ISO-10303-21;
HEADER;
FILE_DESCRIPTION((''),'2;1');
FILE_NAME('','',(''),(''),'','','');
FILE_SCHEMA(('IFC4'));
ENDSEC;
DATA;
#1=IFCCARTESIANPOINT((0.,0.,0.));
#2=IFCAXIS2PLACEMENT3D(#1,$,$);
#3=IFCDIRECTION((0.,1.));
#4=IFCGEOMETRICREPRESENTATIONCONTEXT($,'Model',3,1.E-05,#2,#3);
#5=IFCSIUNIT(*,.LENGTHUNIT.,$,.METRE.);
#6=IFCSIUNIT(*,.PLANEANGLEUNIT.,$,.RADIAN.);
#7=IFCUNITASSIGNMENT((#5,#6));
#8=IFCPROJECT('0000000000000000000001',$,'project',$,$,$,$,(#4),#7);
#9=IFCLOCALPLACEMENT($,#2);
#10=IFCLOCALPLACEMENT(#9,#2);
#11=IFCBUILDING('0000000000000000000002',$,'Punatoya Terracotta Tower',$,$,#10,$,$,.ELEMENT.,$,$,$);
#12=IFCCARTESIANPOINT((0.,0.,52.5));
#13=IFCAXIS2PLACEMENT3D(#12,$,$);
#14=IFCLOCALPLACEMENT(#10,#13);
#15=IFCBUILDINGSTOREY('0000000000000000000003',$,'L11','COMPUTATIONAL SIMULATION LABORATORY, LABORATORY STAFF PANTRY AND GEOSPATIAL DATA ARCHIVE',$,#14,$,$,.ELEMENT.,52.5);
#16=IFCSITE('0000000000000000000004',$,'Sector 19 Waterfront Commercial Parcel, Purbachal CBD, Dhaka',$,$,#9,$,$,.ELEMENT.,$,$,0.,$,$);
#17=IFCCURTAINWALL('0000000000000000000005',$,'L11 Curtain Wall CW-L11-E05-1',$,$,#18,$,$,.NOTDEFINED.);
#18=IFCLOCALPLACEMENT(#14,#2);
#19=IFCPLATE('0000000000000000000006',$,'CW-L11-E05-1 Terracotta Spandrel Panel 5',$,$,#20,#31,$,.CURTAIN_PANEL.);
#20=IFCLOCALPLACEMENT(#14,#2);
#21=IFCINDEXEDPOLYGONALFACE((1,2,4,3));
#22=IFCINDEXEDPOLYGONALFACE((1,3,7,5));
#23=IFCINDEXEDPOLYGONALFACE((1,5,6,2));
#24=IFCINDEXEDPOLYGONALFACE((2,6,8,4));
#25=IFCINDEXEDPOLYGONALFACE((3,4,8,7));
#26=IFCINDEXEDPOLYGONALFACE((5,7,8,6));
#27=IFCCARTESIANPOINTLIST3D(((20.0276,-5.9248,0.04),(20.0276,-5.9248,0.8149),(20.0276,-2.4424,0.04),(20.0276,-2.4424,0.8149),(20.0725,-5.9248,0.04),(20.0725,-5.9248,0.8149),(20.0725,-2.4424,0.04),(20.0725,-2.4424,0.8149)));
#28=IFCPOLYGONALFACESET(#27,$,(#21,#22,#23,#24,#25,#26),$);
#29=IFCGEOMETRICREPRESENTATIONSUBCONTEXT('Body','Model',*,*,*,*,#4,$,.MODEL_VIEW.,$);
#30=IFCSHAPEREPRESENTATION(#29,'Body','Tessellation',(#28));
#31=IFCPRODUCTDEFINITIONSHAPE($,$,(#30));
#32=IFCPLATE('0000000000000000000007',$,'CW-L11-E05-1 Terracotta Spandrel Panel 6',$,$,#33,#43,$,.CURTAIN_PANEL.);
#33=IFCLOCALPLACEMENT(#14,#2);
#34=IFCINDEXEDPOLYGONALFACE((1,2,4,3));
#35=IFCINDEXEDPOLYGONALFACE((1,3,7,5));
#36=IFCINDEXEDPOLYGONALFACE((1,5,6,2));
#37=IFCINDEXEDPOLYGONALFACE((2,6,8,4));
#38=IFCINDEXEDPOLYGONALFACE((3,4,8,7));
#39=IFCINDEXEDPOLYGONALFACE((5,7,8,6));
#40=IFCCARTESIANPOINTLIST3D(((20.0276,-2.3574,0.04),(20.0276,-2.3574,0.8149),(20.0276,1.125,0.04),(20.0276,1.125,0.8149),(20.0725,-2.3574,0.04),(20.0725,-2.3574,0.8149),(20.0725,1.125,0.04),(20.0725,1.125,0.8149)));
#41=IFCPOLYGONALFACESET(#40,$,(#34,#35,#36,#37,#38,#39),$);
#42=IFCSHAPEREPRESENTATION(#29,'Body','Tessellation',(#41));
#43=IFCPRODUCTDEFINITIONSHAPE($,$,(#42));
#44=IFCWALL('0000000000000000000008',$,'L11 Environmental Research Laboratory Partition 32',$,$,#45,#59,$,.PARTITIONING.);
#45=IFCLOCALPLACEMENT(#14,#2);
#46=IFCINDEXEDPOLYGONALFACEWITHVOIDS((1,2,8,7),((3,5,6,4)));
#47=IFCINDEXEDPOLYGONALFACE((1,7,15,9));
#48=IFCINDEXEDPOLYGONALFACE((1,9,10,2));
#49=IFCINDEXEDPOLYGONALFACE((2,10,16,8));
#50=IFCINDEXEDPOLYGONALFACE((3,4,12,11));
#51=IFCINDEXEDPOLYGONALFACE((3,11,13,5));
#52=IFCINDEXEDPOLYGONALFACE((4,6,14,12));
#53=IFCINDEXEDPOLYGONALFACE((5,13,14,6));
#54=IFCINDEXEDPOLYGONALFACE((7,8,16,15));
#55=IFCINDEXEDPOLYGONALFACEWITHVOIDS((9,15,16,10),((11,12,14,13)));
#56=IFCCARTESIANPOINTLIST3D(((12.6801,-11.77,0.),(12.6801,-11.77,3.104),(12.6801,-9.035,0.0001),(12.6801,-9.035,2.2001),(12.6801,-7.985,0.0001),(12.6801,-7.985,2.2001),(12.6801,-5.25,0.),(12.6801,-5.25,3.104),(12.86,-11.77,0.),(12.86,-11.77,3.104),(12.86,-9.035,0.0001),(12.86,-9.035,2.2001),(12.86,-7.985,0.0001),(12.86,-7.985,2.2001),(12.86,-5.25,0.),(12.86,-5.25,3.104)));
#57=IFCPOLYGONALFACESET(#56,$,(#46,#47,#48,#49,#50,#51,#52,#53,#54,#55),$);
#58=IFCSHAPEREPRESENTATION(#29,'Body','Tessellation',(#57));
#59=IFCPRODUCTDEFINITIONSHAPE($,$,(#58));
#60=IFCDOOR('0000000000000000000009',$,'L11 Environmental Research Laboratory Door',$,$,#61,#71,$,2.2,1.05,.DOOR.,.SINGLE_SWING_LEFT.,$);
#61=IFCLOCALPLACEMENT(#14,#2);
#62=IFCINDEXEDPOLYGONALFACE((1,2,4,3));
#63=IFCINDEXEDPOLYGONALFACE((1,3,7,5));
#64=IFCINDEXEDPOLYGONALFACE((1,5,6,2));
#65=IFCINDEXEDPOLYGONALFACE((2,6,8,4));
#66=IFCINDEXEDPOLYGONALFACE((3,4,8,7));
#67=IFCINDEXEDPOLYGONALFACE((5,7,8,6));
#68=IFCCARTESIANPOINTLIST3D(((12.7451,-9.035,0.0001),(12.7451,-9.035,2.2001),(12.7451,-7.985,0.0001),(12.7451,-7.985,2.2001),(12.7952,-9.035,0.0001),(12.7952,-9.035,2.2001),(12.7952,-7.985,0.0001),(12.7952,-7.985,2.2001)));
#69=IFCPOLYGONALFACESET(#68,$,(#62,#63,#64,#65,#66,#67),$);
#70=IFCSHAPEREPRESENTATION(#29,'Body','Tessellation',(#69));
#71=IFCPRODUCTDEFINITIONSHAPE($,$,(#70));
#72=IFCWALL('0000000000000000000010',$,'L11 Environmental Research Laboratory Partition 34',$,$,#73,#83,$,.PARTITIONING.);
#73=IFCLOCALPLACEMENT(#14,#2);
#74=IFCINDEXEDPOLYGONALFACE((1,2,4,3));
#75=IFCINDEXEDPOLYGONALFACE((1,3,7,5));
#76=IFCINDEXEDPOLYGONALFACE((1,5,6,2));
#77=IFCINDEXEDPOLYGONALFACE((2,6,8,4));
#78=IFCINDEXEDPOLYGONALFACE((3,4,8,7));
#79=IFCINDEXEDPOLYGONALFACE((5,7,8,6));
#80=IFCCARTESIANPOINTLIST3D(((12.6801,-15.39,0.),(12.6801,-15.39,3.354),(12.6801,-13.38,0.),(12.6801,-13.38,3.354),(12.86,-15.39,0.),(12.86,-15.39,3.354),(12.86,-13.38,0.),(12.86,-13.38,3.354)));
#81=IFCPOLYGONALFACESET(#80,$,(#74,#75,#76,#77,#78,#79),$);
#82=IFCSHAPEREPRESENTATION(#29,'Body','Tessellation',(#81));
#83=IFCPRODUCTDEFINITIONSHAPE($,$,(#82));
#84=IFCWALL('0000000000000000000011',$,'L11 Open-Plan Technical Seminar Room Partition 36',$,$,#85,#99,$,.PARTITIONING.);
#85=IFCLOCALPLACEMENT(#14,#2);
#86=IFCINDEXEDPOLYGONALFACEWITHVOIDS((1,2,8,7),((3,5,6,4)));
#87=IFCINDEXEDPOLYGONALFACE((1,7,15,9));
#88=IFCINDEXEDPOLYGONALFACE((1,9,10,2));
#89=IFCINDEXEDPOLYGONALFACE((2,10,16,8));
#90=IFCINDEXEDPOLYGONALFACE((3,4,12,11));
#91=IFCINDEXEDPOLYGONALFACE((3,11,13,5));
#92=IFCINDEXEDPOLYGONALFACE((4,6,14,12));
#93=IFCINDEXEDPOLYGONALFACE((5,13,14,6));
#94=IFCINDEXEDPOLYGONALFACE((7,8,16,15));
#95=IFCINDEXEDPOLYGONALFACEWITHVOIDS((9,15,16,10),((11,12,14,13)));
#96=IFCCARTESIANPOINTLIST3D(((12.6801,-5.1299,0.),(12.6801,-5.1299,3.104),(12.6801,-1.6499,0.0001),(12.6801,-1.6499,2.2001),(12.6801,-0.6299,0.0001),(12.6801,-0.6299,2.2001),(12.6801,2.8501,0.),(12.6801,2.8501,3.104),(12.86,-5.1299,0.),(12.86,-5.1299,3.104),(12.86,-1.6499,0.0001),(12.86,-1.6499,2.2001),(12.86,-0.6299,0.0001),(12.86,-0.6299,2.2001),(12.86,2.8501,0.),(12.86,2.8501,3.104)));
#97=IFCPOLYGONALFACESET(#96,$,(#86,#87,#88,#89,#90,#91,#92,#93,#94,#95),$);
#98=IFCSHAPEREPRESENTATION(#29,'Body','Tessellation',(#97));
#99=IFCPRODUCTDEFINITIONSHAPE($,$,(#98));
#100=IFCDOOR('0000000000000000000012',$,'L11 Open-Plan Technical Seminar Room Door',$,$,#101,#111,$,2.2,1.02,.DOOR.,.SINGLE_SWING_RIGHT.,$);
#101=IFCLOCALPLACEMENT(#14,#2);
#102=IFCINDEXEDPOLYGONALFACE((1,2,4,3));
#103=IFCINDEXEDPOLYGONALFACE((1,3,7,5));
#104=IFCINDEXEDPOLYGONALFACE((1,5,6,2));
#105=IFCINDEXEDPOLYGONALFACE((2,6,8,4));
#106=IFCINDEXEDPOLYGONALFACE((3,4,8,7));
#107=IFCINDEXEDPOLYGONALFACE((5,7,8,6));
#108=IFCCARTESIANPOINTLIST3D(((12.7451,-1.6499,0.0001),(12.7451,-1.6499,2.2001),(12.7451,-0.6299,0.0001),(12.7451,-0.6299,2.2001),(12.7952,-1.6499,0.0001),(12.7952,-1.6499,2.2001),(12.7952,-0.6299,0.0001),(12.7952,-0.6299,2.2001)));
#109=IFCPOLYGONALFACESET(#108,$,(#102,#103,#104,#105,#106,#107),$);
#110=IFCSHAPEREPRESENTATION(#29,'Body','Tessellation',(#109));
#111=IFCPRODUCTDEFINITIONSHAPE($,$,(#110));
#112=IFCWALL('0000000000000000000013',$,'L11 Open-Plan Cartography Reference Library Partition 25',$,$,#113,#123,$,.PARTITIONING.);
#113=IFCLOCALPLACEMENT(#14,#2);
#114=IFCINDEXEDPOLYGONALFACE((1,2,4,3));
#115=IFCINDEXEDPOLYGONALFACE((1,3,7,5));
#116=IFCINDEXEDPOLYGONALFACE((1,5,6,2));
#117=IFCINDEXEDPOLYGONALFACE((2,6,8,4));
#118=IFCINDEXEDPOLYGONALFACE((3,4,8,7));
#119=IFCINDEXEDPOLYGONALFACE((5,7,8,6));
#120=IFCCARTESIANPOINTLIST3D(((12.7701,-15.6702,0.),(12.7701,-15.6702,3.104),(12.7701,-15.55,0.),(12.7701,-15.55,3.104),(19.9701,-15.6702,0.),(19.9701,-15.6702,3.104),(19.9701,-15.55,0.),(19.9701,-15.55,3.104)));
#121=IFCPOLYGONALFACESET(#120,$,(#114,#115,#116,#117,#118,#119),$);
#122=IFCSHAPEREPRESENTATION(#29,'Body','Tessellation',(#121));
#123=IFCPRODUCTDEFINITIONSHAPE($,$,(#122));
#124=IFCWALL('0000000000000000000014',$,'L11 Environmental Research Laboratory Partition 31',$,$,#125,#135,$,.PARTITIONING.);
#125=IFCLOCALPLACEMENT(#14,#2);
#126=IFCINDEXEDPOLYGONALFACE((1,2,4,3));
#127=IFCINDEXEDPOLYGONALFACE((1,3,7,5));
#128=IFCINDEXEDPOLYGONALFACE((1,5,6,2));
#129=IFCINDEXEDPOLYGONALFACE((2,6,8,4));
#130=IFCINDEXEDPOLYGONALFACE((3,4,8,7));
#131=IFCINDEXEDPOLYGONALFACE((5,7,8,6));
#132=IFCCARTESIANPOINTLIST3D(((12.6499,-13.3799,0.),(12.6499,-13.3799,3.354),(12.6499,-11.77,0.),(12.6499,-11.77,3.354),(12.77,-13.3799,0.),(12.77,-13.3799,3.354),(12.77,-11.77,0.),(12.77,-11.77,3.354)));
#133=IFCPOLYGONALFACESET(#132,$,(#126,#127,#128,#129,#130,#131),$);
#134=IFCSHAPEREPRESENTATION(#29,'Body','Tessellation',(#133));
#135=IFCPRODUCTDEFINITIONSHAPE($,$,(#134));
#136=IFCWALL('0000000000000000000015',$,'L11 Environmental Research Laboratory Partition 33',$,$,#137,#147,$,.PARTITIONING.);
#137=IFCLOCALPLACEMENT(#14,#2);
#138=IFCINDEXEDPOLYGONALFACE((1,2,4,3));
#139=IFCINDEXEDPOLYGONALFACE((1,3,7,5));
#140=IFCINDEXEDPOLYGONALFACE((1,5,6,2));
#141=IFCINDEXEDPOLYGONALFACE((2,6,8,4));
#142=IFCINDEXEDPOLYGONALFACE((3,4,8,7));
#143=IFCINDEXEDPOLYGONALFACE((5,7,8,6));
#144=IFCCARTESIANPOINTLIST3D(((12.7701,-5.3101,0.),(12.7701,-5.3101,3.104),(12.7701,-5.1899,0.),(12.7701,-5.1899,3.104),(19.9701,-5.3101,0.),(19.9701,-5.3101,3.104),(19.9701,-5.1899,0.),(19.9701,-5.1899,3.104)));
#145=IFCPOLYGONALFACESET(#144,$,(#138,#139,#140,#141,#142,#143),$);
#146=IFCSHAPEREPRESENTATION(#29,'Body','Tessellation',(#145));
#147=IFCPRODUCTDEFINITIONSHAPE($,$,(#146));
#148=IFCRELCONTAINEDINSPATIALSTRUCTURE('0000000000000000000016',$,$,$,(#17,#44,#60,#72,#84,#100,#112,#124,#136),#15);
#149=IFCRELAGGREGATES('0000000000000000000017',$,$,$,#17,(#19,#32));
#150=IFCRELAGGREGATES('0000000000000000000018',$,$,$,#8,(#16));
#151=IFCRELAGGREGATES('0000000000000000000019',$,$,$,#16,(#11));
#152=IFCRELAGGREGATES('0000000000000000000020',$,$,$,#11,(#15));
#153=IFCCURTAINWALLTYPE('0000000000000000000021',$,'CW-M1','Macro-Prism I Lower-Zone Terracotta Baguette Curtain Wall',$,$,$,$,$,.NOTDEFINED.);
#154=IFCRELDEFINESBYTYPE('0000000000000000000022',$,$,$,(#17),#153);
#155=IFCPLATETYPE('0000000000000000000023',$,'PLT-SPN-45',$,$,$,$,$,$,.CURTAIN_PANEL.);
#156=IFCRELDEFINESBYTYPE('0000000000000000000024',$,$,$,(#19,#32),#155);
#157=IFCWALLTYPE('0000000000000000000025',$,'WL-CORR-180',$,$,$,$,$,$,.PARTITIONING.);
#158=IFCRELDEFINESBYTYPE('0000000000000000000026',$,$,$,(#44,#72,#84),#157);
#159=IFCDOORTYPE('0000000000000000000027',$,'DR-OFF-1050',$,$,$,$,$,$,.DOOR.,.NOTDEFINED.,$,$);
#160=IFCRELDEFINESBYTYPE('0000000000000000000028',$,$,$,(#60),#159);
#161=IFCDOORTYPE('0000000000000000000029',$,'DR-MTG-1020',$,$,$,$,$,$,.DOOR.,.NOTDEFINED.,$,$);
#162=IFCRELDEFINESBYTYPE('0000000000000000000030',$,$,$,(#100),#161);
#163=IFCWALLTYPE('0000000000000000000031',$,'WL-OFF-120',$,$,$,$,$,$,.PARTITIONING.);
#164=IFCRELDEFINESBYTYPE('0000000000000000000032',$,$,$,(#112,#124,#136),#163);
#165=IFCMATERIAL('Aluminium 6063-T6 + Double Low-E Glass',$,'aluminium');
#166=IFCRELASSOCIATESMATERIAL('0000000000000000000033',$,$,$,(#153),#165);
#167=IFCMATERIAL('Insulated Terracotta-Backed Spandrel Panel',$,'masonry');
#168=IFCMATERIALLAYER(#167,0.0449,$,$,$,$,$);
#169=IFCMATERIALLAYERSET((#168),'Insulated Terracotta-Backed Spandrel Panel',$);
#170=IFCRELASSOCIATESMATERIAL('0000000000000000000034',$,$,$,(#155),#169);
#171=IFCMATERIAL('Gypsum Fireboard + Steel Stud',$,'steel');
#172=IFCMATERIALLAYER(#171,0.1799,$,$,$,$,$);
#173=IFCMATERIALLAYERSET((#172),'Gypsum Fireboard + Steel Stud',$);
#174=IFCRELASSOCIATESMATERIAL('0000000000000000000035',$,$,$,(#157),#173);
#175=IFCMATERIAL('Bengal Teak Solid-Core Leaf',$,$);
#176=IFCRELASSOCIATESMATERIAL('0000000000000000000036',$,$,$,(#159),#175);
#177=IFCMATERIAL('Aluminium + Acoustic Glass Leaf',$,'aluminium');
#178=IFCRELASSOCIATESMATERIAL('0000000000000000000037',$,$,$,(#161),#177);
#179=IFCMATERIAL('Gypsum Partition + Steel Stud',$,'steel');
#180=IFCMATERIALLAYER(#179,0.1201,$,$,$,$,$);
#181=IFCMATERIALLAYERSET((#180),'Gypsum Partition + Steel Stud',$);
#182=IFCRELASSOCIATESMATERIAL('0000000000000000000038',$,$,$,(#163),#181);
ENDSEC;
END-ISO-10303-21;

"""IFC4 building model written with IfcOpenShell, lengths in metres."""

from ifc_helpers import new_model, si_unit, direction, frame, frame_2d, origin, origin_2d, place, context, subcontext, project, spatial, rectangle, extrude, material, layer, layer_set, type_object, element, fill, aggregate, save


model = new_model("IFC4")

# Units and contexts
model_context = context("Model", 3, precision=1e-05, world=origin(), true_north=direction((0.0, 1.0)))
body_context = subcontext(model_context, "Body", "Model", "MODEL_VIEW")
ifc_project = project(units=[si_unit("LENGTHUNIT", "METRE"), si_unit("PLANEANGLEUNIT", "RADIAN")], contexts=[model_context])

# Site, building, storey
site_placement = place(None, origin())
site = spatial("IfcSite", under=ifc_project, at=site_placement, Name="Sector 19 Waterfront Commercial Parcel, Purbachal CBD, Dhaka", CompositionType="ELEMENT", RefElevation=0.0)
building_placement = place(site_placement, origin())
building = spatial("IfcBuilding", under=site, at=building_placement, Name="Punatoya Terracotta Tower", CompositionType="ELEMENT")
storey_placement = place(building_placement, frame((0.0, 0.0, 52.5)))
storey = spatial("IfcBuildingStorey", under=building, at=storey_placement, Name="L11", Description="COMPUTATIONAL SIMULATION LABORATORY, LABORATORY STAFF PANTRY AND GEOSPATIAL DATA ARCHIVE", CompositionType="ELEMENT", Elevation=52.5)

# Curtain wall, plates
ifc_material_1 = material(Name="Aluminium 6063-T6 + Double Low-E Glass", Category="aluminium")
curtain_wall_type = type_object("IfcCurtainWallType", Name="CW-M1", Description="Macro-Prism I Lower-Zone Terracotta Baguette Curtain Wall", PredefinedType="NOTDEFINED", material=ifc_material_1)
curtain_wall_placement = place(storey_placement, origin())
curtain_wall = element("IfcCurtainWall", 1, at=curtain_wall_placement, inside=storey, type_object=curtain_wall_type, Name="L11 Curtain Wall CW-L11-E05-1", PredefinedType="NOTDEFINED")
ifc_material_2 = material(Name="Insulated Terracotta-Backed Spandrel Panel", Category="masonry")
ifc_layer_1 = layer(ifc_material_2, 0.0449)
ifc_layer_set_1 = layer_set([ifc_layer_1], Name="Insulated Terracotta-Backed Spandrel Panel")
plate_type_1 = type_object("IfcPlateType", Name="PLT-SPN-45", PredefinedType="CURTAIN_PANEL", material=ifc_layer_set_1)
plate_1_placement = place(storey_placement, frame((20.05, -4.1836, 0.04), z_axis=(0.0, 0.0, 1.0), x_axis=(0.0, 1.0, 0.0)))
plate_1 = element("IfcPlate", 2, at=plate_1_placement, type_object=plate_type_1, Name="CW-L11-E05-1 Terracotta Spandrel Panel 5", PredefinedType="CURTAIN_PANEL", context=body_context, shape_type="SweptSolid", body=[
    extrude(rectangle(XDim=3.4824, YDim=0.0449, at=origin_2d()), origin(), (0.0, 0.0, 1.0), 0.7749),
])
plate_2_placement = place(storey_placement, frame((20.05, -0.6162, 0.04), z_axis=(0.0, 0.0, 1.0), x_axis=(0.0, 1.0, 0.0)))
plate_2 = element("IfcPlate", 3, at=plate_2_placement, type_object=plate_type_1, Name="CW-L11-E05-1 Terracotta Spandrel Panel 6", PredefinedType="CURTAIN_PANEL", context=body_context, shape_type="SweptSolid", body=[
    extrude(rectangle(XDim=3.4824, YDim=0.0449, at=origin_2d()), origin(), (0.0, 0.0, 1.0), 0.7749),
])
aggregate(curtain_wall, [plate_1, plate_2])

# Wall, opening, door
ifc_material_3 = material(Name="Gypsum Fireboard + Steel Stud", Category="steel")
ifc_layer_2 = layer(ifc_material_3, 0.1799)
ifc_layer_set_2 = layer_set([ifc_layer_2], Name="Gypsum Fireboard + Steel Stud")
wall_type_1 = type_object("IfcWallType", Name="WL-CORR-180", PredefinedType="PARTITIONING", material=ifc_layer_set_2)
wall_1_placement = place(storey_placement, frame((12.77, -11.77, 0.0), z_axis=(0.0, 0.0, 1.0), x_axis=(0.0, 1.0, 0.0)))
wall_1 = element("IfcWall", 4, at=wall_1_placement, inside=storey, type_object=wall_type_1, Name="L11 Environmental Research Laboratory Partition 32", PredefinedType="PARTITIONING", context=body_context, shape_type="SweptSolid", body=[
    extrude(rectangle(XDim=6.52, YDim=0.1799, at=frame_2d((3.26, 0.0))), origin(), (0.0, 0.0, 1.0), 3.104),
])
opening_1_placement = place(wall_1_placement, frame((2.7351, 0.0, 0.0)))
opening_1 = element("IfcOpeningElement", 5, at=opening_1_placement, cuts=wall_1, PredefinedType="OPENING", context=body_context, shape_type="SweptSolid", body=[
    extrude(rectangle(XDim=1.05, YDim=2.2, at=frame_2d((0.5249, 1.1001))), frame((0.0, 0.0999, 0.0), z_axis=(0.0, -1.0, 0.0), x_axis=(1.0, 0.0, 0.0)), (0.0, 0.0, 1.0), 0.2),
])
ifc_material_4 = material(Name="Bengal Teak Solid-Core Leaf")
door_type_1 = type_object("IfcDoorType", Name="DR-OFF-1050", OperationType="NOTDEFINED", PredefinedType="DOOR", material=ifc_material_4)
door_1_placement = place(opening_1_placement, origin())
door_1 = element("IfcDoor", 6, at=door_1_placement, inside=storey, type_object=door_type_1, Name="L11 Environmental Research Laboratory Door", OperationType="SINGLE_SWING_LEFT", OverallHeight=2.2, OverallWidth=1.05, PredefinedType="DOOR", context=body_context, shape_type="SweptSolid", body=[
    extrude(rectangle(XDim=1.05, YDim=2.2, at=frame_2d((0.5249, 1.1001))), frame((0.0, 0.0249, 0.0), z_axis=(0.0, -1.0, 0.0), x_axis=(1.0, 0.0, 0.0)), (0.0, 0.0, 1.0), 0.05),
])
fill(opening_1, door_1)

# Wall
wall_2_placement = place(storey_placement, frame((12.77, -15.3899, 0.0), z_axis=(0.0, 0.0, 1.0), x_axis=(0.0, 1.0, 0.0)))
element("IfcWall", 7, at=wall_2_placement, inside=storey, type_object=wall_type_1, Name="L11 Environmental Research Laboratory Partition 34", PredefinedType="PARTITIONING", context=body_context, shape_type="SweptSolid", body=[
    extrude(rectangle(XDim=2.01, YDim=0.1799, at=frame_2d((1.0049, 0.0))), origin(), (0.0, 0.0, 1.0), 3.354),
])

# Wall, opening, door
wall_3_placement = place(storey_placement, frame((12.77, -5.1299, 0.0), z_axis=(0.0, 0.0, 1.0), x_axis=(0.0, 1.0, 0.0)))
wall_3 = element("IfcWall", 8, at=wall_3_placement, inside=storey, type_object=wall_type_1, Name="L11 Open-Plan Technical Seminar Room Partition 36", PredefinedType="PARTITIONING", context=body_context, shape_type="SweptSolid", body=[
    extrude(rectangle(XDim=7.98, YDim=0.1799, at=frame_2d((3.99, 0.0))), origin(), (0.0, 0.0, 1.0), 3.104),
])
opening_2_placement = place(wall_3_placement, frame((3.48, 0.0, 0.0)))
opening_2 = element("IfcOpeningElement", 9, at=opening_2_placement, cuts=wall_3, PredefinedType="OPENING", context=body_context, shape_type="SweptSolid", body=[
    extrude(rectangle(XDim=1.02, YDim=2.2, at=frame_2d((0.51, 1.1001))), frame((0.0, 0.0999, 0.0), z_axis=(0.0, -1.0, 0.0), x_axis=(1.0, 0.0, 0.0)), (0.0, 0.0, 1.0), 0.2),
])
ifc_material_5 = material(Name="Aluminium + Acoustic Glass Leaf", Category="aluminium")
door_type_2 = type_object("IfcDoorType", Name="DR-MTG-1020", OperationType="NOTDEFINED", PredefinedType="DOOR", material=ifc_material_5)
door_2_placement = place(opening_2_placement, origin())
door_2 = element("IfcDoor", 10, at=door_2_placement, inside=storey, type_object=door_type_2, Name="L11 Open-Plan Technical Seminar Room Door", OperationType="SINGLE_SWING_RIGHT", OverallHeight=2.2, OverallWidth=1.02, PredefinedType="DOOR", context=body_context, shape_type="SweptSolid", body=[
    extrude(rectangle(XDim=1.02, YDim=2.2, at=frame_2d((0.51, 1.1001))), frame((0.0, 0.0249, 0.0), z_axis=(0.0, -1.0, 0.0), x_axis=(1.0, 0.0, 0.0)), (0.0, 0.0, 1.0), 0.05),
])
fill(opening_2, door_2)

# Walls
ifc_material_6 = material(Name="Gypsum Partition + Steel Stud", Category="steel")
ifc_layer_3 = layer(ifc_material_6, 0.1201)
ifc_layer_set_3 = layer_set([ifc_layer_3], Name="Gypsum Partition + Steel Stud")
wall_type_2 = type_object("IfcWallType", Name="WL-OFF-120", PredefinedType="PARTITIONING", material=ifc_layer_set_3)
wall_4_placement = place(storey_placement, frame((12.77, -15.6101, 0.0), z_axis=(0.0, 0.0, 1.0), x_axis=(1.0, 0.0, 0.0)))
element("IfcWall", 11, at=wall_4_placement, inside=storey, type_object=wall_type_2, Name="L11 Open-Plan Cartography Reference Library Partition 25", PredefinedType="PARTITIONING", context=body_context, shape_type="SweptSolid", body=[
    extrude(rectangle(XDim=7.2, YDim=0.1201, at=frame_2d((3.6001, 0.0))), origin(), (0.0, 0.0, 1.0), 3.104),
])
wall_5_placement = place(storey_placement, frame((12.71, -13.3799, 0.0), z_axis=(0.0, 0.0, 1.0), x_axis=(0.0, 1.0, 0.0)))
element("IfcWall", 12, at=wall_5_placement, inside=storey, type_object=wall_type_2, Name="L11 Environmental Research Laboratory Partition 31", PredefinedType="PARTITIONING", context=body_context, shape_type="SweptSolid", body=[
    extrude(rectangle(XDim=1.6099, YDim=0.1201, at=frame_2d((0.8049, 0.0))), origin(), (0.0, 0.0, 1.0), 3.354),
])
wall_6_placement = place(storey_placement, frame((12.77, -5.25, 0.0), z_axis=(0.0, 0.0, 1.0), x_axis=(1.0, 0.0, 0.0)))
element("IfcWall", 13, at=wall_6_placement, inside=storey, type_object=wall_type_2, Name="L11 Environmental Research Laboratory Partition 33", PredefinedType="PARTITIONING", context=body_context, shape_type="SweptSolid", body=[
    extrude(rectangle(XDim=7.2, YDim=0.1201, at=frame_2d((3.6001, 0.0))), origin(), (0.0, 0.0, 1.0), 3.104),
])

save(model, "model.ifc")
